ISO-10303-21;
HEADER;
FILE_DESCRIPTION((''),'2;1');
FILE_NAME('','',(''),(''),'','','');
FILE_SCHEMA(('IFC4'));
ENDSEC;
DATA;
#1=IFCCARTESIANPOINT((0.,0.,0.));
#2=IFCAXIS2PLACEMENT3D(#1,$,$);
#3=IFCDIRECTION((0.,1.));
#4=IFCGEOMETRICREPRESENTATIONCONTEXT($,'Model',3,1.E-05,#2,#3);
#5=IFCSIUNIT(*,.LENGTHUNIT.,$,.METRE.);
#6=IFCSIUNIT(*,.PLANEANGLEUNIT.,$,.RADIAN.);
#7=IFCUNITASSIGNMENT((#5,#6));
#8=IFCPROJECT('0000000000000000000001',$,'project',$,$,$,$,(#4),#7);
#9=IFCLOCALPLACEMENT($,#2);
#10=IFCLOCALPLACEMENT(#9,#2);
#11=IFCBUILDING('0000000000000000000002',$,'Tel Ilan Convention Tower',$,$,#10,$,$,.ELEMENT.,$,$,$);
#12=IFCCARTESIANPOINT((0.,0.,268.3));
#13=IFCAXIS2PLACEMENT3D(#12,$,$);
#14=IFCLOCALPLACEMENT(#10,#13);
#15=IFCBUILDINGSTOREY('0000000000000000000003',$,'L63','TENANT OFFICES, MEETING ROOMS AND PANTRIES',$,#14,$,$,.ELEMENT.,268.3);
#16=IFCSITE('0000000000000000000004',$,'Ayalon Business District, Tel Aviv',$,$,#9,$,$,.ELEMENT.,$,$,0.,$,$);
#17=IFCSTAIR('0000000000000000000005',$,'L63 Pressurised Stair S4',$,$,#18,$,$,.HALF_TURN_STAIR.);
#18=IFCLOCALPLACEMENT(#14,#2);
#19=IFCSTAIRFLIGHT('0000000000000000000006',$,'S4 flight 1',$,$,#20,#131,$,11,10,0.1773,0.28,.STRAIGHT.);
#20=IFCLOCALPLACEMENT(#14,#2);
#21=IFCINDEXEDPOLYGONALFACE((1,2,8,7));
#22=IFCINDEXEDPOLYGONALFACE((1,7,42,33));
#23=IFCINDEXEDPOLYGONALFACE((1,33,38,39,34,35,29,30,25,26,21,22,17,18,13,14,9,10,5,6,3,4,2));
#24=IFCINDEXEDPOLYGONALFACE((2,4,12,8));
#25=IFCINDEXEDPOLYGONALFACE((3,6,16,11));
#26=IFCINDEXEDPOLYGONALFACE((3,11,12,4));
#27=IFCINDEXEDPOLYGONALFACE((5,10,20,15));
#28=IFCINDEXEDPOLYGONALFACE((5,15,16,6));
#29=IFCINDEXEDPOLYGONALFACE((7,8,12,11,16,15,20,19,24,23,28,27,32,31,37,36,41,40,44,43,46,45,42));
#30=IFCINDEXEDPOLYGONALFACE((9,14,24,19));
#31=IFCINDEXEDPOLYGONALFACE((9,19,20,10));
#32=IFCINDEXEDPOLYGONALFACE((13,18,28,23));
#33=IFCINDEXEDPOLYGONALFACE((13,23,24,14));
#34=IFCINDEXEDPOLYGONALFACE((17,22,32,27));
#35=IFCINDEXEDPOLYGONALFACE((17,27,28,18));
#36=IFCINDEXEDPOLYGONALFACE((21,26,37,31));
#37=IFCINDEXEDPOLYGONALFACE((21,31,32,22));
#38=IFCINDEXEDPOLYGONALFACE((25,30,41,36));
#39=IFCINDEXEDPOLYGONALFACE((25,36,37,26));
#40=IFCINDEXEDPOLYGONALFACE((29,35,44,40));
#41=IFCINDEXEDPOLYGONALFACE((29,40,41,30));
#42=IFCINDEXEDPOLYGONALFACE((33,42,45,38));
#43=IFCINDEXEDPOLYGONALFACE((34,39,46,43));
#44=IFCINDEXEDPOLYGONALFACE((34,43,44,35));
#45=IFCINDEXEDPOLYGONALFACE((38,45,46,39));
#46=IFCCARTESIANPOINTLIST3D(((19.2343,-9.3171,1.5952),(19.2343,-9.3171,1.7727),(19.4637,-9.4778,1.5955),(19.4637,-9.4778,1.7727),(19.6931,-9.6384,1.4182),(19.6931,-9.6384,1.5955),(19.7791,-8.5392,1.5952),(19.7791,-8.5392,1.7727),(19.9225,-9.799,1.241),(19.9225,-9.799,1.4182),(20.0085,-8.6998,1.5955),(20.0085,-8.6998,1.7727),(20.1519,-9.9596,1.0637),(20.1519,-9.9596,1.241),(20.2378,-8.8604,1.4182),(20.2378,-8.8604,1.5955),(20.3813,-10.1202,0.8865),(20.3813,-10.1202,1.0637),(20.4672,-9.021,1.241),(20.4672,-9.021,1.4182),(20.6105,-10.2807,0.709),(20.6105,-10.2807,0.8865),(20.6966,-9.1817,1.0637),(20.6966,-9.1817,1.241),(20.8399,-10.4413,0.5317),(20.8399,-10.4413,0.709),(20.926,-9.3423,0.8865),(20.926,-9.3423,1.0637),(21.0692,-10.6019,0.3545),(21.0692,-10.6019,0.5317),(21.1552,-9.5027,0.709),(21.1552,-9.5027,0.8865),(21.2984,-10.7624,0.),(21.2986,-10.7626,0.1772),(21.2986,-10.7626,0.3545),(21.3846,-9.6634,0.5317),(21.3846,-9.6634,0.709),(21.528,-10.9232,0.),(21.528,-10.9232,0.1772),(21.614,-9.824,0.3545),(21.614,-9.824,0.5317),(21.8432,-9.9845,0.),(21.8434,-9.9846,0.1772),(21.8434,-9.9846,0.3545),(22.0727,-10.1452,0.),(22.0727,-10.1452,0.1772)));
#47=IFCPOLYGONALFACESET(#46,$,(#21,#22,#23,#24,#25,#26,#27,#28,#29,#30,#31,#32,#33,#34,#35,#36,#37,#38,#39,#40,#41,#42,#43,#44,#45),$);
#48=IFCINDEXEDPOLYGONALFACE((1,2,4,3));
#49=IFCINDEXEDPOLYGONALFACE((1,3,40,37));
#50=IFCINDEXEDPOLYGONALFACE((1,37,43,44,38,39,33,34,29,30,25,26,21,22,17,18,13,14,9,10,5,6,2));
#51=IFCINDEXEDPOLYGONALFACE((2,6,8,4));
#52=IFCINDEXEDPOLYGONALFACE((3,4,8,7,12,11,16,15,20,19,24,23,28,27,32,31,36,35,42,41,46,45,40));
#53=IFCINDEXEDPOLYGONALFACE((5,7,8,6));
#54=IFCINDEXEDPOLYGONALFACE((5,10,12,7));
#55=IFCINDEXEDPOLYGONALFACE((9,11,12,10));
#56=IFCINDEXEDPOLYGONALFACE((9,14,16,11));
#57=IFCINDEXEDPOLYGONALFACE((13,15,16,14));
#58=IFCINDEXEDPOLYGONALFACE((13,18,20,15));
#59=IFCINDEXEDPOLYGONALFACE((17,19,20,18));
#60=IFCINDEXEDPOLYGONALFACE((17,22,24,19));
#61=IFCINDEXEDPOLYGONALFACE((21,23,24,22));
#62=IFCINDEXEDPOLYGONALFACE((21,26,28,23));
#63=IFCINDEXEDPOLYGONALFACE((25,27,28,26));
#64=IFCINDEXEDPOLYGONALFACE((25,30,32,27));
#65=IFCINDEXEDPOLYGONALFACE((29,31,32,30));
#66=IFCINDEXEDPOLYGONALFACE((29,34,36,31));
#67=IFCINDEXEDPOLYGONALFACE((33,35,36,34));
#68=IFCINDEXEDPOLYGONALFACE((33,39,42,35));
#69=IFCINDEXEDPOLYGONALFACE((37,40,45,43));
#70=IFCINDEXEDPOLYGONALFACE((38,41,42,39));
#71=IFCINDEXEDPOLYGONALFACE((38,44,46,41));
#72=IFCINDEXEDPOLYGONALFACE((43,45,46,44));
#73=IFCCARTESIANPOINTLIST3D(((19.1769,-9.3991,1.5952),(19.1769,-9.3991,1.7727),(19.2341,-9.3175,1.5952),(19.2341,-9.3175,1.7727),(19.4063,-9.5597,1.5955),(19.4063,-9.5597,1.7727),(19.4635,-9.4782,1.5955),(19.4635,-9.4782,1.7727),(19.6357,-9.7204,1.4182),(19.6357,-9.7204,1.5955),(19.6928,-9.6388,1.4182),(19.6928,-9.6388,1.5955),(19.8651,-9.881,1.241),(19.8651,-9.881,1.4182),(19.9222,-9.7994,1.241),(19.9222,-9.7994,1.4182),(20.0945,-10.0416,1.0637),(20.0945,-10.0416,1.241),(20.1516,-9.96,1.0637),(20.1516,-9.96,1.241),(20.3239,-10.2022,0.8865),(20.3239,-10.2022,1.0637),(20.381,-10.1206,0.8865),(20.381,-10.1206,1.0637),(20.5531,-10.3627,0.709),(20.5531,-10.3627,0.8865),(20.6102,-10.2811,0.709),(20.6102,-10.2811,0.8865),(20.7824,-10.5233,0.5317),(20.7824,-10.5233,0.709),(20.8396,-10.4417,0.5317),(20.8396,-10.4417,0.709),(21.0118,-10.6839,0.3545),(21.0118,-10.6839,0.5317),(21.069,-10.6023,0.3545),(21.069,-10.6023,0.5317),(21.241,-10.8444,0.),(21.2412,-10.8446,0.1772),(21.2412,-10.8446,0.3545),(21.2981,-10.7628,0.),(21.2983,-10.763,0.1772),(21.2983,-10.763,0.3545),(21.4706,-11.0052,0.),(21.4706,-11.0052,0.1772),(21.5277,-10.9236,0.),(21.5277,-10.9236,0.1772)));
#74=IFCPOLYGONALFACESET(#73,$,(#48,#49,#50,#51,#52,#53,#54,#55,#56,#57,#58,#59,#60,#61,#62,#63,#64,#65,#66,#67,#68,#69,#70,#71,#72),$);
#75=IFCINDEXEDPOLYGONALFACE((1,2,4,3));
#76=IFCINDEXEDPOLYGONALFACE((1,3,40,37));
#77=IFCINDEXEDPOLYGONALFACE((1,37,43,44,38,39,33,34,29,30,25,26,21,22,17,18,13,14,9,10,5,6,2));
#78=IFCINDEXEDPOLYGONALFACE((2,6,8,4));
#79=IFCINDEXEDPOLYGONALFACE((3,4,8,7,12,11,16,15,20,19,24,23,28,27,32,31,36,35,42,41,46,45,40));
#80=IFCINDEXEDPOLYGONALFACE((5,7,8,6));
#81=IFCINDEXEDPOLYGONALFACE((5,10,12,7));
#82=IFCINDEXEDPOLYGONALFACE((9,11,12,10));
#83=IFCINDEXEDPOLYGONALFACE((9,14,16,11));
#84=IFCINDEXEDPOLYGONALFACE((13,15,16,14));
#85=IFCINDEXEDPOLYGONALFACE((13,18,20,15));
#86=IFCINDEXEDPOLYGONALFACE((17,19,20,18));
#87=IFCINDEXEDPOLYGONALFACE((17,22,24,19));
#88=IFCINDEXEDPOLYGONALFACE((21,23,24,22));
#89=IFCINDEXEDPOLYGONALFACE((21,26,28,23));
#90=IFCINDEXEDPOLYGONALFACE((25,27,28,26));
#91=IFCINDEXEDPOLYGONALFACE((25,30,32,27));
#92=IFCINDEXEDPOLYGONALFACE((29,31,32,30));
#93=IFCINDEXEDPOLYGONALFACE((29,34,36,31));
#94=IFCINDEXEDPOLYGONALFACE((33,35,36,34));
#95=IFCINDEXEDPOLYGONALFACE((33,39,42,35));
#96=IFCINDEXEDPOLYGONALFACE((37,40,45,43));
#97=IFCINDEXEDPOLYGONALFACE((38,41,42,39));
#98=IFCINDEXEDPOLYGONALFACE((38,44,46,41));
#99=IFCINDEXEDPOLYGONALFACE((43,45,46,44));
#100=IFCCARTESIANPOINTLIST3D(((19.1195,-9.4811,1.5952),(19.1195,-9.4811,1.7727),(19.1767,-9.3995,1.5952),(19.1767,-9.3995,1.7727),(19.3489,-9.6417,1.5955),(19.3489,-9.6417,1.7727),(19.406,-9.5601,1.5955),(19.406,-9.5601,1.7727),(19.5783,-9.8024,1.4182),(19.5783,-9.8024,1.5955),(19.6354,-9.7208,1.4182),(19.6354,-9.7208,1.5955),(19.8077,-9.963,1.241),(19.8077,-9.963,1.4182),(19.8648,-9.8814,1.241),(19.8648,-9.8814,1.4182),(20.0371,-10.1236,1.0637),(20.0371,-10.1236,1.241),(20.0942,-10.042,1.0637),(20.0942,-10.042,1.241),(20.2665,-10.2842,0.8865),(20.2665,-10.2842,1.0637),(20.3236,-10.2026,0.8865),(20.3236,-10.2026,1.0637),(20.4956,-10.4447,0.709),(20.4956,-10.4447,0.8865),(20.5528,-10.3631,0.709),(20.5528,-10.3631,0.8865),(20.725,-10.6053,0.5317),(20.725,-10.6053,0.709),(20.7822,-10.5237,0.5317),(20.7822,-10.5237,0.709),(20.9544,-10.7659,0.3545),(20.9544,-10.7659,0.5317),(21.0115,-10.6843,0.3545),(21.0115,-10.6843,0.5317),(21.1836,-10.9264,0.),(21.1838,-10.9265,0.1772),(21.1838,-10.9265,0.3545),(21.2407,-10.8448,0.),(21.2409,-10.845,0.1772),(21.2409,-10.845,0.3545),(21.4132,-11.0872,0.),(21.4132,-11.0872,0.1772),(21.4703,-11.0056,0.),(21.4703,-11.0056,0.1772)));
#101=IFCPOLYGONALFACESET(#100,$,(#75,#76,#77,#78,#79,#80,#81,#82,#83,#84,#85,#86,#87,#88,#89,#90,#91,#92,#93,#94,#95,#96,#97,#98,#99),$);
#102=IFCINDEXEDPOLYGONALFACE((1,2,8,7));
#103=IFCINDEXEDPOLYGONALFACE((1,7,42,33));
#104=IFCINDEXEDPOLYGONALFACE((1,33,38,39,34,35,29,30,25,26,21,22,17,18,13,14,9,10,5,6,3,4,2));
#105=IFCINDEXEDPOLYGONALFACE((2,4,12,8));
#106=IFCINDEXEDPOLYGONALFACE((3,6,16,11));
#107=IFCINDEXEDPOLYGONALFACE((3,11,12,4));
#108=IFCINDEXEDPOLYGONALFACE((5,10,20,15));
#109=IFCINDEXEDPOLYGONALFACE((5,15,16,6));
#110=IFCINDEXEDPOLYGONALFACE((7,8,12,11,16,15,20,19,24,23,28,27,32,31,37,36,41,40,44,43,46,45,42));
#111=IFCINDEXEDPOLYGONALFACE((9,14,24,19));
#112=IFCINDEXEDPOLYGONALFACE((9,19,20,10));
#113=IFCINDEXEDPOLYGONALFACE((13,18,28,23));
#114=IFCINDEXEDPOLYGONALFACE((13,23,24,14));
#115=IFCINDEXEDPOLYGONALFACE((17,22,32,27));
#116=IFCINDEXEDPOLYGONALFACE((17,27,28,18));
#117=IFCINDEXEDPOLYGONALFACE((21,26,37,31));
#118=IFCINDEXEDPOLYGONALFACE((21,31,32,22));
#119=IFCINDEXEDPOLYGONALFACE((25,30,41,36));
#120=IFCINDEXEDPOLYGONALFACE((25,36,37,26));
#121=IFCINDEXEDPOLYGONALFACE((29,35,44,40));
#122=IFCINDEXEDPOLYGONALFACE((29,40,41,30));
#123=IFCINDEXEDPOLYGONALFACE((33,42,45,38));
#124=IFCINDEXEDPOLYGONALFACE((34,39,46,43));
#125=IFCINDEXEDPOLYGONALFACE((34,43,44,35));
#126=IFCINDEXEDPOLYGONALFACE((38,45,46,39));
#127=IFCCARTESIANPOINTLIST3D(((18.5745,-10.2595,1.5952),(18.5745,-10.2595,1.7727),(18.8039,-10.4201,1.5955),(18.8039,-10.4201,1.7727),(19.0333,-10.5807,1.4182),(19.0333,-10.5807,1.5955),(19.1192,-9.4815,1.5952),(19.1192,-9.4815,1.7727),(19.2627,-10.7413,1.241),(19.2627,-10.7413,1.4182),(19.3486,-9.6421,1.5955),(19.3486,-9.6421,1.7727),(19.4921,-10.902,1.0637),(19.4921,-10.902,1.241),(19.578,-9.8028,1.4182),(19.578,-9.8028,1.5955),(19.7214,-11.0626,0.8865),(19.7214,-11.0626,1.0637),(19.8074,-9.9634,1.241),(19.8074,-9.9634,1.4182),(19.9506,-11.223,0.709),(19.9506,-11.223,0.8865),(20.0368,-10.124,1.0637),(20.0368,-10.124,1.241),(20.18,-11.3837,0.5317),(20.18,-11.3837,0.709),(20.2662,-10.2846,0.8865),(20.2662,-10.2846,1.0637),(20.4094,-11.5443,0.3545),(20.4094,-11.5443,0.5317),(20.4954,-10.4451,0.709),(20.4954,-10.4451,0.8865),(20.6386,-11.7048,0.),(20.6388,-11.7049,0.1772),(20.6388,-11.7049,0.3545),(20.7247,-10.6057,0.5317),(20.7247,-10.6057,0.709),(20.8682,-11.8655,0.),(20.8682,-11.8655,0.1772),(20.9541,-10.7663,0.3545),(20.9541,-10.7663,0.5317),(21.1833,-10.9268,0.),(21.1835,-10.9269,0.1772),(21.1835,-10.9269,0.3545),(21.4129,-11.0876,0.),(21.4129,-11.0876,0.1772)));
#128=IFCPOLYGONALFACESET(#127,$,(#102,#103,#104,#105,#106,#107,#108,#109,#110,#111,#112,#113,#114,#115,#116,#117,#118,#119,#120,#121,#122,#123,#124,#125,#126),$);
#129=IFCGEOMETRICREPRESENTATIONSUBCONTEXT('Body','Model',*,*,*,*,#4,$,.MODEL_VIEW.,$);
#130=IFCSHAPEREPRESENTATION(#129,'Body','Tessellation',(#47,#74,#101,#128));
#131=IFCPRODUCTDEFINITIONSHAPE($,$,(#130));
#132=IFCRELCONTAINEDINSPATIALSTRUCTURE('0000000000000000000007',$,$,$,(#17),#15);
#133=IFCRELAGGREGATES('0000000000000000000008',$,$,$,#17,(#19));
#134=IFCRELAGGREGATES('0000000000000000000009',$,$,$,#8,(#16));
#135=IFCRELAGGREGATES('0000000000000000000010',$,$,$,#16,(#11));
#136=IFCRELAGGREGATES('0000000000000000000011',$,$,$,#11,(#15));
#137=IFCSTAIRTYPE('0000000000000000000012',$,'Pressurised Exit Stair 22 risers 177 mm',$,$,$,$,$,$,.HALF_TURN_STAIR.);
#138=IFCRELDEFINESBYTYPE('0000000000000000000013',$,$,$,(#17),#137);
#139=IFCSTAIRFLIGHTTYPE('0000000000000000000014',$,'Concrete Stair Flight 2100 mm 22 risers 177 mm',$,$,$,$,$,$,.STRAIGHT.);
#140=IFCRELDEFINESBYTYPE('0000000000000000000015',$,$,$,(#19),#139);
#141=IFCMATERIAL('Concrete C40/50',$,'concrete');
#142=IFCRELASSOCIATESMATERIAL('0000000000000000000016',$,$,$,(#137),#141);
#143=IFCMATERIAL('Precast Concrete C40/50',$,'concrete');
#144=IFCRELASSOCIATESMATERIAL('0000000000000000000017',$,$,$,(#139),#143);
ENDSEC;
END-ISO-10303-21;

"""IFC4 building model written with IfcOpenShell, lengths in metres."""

from ifc_helpers import new_model, si_unit, direction, frame, origin, place, context, subcontext, project, spatial, polyline, outline, extrude, material, type_object, element, aggregate, save


model = new_model("IFC4")

# Units and contexts
model_context = context("Model", 3, precision=1e-05, world=origin(), true_north=direction((0.0, 1.0)))
body_context = subcontext(model_context, "Body", "Model", "MODEL_VIEW")
ifc_project = project(units=[si_unit("LENGTHUNIT", "METRE"), si_unit("PLANEANGLEUNIT", "RADIAN")], contexts=[model_context])

# Site, building, storey
site_placement = place(None, origin())
site = spatial("IfcSite", under=ifc_project, at=site_placement, Name="Ayalon Business District, Tel Aviv", CompositionType="ELEMENT", RefElevation=0.0)
building_placement = place(site_placement, origin())
building = spatial("IfcBuilding", under=site, at=building_placement, Name="Tel Ilan Convention Tower", CompositionType="ELEMENT")
storey_placement = place(building_placement, frame((0.0, 0.0, 268.3)))
storey = spatial("IfcBuildingStorey", under=building, at=storey_placement, Name="L63", Description="TENANT OFFICES, MEETING ROOMS AND PANTRIES", CompositionType="ELEMENT", Elevation=268.3)

# Stair, stair flight
ifc_material_1 = material(Name="Concrete C40/50", Category="concrete")
stair_type = type_object("IfcStairType", Name="Pressurised Exit Stair 22 risers 177 mm", PredefinedType="HALF_TURN_STAIR", material=ifc_material_1)
stair_placement = place(storey_placement, origin())
stair = element("IfcStair", 1, at=stair_placement, inside=storey, type_object=stair_type, Name="L63 Pressurised Stair S4", PredefinedType="HALF_TURN_STAIR")
ifc_material_2 = material(Name="Precast Concrete C40/50", Category="concrete")
stair_flight_type = type_object("IfcStairFlightType", Name="Concrete Stair Flight 2100 mm 22 risers 177 mm", PredefinedType="STRAIGHT", material=ifc_material_2)
stair_flight_1_placement = place(storey_placement, frame((21.4705, -11.0054, 0.0), z_axis=(0.0, 0.0, 1.0), x_axis=(-0.819152, 0.573576, 0.0)))
stair_flight_1 = element("IfcStairFlight", 2, at=stair_flight_1_placement, type_object=stair_flight_type, Name="S4 flight 1", NumberOfRisers=11, NumberOfTreads=10, PredefinedType="STRAIGHT", RiserHeight=0.1773, TreadLength=0.28, context=body_context, shape_type="SweptSolid", body=[
    extrude(outline(polyline([(0.0, 0.0), (0.0, 0.1772), (0.28, 0.1772), (0.28, 0.3545), (0.5601, 0.3545), (0.5601, 0.5317), (0.8401, 0.5317), (0.8401, 0.709), (1.1201, 0.709), (1.1201, 0.8865), (1.3999, 0.8865), (1.3999, 1.0637), (1.6799, 1.0637), (1.6799, 1.241), (1.96, 1.241), (1.96, 1.4182), (2.24, 1.4182), (2.24, 1.5955), (2.52, 1.5955), (2.52, 1.7727), (2.8, 1.7727), (2.8, 1.95), (2.8, 1.5952), (0.2803, 0.0), (0.0, 0.0)])), frame((0.0, -0.1003, 0.0), z_axis=(0.0, -1.0, 0.0), x_axis=(1.0, 0.0, 0.0)), (0.0, 0.0, 1.0), 0.9497),
    extrude(outline(polyline([(0.0, 0.0), (0.0, 0.1772), (0.28, 0.1772), (0.28, 0.3545), (0.5601, 0.3545), (0.5601, 0.5317), (0.8401, 0.5317), (0.8401, 0.709), (1.1201, 0.709), (1.1201, 0.8865), (1.3999, 0.8865), (1.3999, 1.0637), (1.6799, 1.0637), (1.6799, 1.241), (1.96, 1.241), (1.96, 1.4182), (2.24, 1.4182), (2.24, 1.5955), (2.52, 1.5955), (2.52, 1.7727), (2.8, 1.7727), (2.8, 1.95), (2.8, 1.5952), (0.2803, 0.0), (0.0, 0.0)])), frame((0.0, -0.0002, 0.0), z_axis=(0.0, -1.0, 0.0), x_axis=(1.0, 0.0, 0.0)), (0.0, 0.0, 1.0), 0.0996),
    extrude(outline(polyline([(0.0, 0.0), (0.0, 0.1772), (0.28, 0.1772), (0.28, 0.3545), (0.5601, 0.3545), (0.5601, 0.5317), (0.8401, 0.5317), (0.8401, 0.709), (1.1201, 0.709), (1.1201, 0.8865), (1.3999, 0.8865), (1.3999, 1.0637), (1.6799, 1.0637), (1.6799, 1.241), (1.96, 1.241), (1.96, 1.4182), (2.24, 1.4182), (2.24, 1.5955), (2.52, 1.5955), (2.52, 1.7727), (2.8, 1.7727), (2.8, 1.95), (2.8, 1.5952), (0.2803, 0.0), (0.0, 0.0)])), frame((0.0, 0.0999, 0.0), z_axis=(0.0, -1.0, 0.0), x_axis=(1.0, 0.0, 0.0)), (0.0, 0.0, 1.0), 0.0996),
    extrude(outline(polyline([(0.0, 0.0), (0.0, 0.1772), (0.28, 0.1772), (0.28, 0.3545), (0.5601, 0.3545), (0.5601, 0.5317), (0.8401, 0.5317), (0.8401, 0.709), (1.1201, 0.709), (1.1201, 0.8865), (1.3999, 0.8865), (1.3999, 1.0637), (1.6799, 1.0637), (1.6799, 1.241), (1.96, 1.241), (1.96, 1.4182), (2.24, 1.4182), (2.24, 1.5955), (2.52, 1.5955), (2.52, 1.7727), (2.8, 1.7727), (2.8, 1.95), (2.8, 1.5952), (0.2803, 0.0), (0.0, 0.0)])), frame((0.0, 1.05, 0.0), z_axis=(0.0, -1.0, 0.0), x_axis=(1.0, 0.0, 0.0)), (0.0, 0.0, 1.0), 0.9497),
])
aggregate(stair, [stair_flight_1])

save(model, "model.ifc")
